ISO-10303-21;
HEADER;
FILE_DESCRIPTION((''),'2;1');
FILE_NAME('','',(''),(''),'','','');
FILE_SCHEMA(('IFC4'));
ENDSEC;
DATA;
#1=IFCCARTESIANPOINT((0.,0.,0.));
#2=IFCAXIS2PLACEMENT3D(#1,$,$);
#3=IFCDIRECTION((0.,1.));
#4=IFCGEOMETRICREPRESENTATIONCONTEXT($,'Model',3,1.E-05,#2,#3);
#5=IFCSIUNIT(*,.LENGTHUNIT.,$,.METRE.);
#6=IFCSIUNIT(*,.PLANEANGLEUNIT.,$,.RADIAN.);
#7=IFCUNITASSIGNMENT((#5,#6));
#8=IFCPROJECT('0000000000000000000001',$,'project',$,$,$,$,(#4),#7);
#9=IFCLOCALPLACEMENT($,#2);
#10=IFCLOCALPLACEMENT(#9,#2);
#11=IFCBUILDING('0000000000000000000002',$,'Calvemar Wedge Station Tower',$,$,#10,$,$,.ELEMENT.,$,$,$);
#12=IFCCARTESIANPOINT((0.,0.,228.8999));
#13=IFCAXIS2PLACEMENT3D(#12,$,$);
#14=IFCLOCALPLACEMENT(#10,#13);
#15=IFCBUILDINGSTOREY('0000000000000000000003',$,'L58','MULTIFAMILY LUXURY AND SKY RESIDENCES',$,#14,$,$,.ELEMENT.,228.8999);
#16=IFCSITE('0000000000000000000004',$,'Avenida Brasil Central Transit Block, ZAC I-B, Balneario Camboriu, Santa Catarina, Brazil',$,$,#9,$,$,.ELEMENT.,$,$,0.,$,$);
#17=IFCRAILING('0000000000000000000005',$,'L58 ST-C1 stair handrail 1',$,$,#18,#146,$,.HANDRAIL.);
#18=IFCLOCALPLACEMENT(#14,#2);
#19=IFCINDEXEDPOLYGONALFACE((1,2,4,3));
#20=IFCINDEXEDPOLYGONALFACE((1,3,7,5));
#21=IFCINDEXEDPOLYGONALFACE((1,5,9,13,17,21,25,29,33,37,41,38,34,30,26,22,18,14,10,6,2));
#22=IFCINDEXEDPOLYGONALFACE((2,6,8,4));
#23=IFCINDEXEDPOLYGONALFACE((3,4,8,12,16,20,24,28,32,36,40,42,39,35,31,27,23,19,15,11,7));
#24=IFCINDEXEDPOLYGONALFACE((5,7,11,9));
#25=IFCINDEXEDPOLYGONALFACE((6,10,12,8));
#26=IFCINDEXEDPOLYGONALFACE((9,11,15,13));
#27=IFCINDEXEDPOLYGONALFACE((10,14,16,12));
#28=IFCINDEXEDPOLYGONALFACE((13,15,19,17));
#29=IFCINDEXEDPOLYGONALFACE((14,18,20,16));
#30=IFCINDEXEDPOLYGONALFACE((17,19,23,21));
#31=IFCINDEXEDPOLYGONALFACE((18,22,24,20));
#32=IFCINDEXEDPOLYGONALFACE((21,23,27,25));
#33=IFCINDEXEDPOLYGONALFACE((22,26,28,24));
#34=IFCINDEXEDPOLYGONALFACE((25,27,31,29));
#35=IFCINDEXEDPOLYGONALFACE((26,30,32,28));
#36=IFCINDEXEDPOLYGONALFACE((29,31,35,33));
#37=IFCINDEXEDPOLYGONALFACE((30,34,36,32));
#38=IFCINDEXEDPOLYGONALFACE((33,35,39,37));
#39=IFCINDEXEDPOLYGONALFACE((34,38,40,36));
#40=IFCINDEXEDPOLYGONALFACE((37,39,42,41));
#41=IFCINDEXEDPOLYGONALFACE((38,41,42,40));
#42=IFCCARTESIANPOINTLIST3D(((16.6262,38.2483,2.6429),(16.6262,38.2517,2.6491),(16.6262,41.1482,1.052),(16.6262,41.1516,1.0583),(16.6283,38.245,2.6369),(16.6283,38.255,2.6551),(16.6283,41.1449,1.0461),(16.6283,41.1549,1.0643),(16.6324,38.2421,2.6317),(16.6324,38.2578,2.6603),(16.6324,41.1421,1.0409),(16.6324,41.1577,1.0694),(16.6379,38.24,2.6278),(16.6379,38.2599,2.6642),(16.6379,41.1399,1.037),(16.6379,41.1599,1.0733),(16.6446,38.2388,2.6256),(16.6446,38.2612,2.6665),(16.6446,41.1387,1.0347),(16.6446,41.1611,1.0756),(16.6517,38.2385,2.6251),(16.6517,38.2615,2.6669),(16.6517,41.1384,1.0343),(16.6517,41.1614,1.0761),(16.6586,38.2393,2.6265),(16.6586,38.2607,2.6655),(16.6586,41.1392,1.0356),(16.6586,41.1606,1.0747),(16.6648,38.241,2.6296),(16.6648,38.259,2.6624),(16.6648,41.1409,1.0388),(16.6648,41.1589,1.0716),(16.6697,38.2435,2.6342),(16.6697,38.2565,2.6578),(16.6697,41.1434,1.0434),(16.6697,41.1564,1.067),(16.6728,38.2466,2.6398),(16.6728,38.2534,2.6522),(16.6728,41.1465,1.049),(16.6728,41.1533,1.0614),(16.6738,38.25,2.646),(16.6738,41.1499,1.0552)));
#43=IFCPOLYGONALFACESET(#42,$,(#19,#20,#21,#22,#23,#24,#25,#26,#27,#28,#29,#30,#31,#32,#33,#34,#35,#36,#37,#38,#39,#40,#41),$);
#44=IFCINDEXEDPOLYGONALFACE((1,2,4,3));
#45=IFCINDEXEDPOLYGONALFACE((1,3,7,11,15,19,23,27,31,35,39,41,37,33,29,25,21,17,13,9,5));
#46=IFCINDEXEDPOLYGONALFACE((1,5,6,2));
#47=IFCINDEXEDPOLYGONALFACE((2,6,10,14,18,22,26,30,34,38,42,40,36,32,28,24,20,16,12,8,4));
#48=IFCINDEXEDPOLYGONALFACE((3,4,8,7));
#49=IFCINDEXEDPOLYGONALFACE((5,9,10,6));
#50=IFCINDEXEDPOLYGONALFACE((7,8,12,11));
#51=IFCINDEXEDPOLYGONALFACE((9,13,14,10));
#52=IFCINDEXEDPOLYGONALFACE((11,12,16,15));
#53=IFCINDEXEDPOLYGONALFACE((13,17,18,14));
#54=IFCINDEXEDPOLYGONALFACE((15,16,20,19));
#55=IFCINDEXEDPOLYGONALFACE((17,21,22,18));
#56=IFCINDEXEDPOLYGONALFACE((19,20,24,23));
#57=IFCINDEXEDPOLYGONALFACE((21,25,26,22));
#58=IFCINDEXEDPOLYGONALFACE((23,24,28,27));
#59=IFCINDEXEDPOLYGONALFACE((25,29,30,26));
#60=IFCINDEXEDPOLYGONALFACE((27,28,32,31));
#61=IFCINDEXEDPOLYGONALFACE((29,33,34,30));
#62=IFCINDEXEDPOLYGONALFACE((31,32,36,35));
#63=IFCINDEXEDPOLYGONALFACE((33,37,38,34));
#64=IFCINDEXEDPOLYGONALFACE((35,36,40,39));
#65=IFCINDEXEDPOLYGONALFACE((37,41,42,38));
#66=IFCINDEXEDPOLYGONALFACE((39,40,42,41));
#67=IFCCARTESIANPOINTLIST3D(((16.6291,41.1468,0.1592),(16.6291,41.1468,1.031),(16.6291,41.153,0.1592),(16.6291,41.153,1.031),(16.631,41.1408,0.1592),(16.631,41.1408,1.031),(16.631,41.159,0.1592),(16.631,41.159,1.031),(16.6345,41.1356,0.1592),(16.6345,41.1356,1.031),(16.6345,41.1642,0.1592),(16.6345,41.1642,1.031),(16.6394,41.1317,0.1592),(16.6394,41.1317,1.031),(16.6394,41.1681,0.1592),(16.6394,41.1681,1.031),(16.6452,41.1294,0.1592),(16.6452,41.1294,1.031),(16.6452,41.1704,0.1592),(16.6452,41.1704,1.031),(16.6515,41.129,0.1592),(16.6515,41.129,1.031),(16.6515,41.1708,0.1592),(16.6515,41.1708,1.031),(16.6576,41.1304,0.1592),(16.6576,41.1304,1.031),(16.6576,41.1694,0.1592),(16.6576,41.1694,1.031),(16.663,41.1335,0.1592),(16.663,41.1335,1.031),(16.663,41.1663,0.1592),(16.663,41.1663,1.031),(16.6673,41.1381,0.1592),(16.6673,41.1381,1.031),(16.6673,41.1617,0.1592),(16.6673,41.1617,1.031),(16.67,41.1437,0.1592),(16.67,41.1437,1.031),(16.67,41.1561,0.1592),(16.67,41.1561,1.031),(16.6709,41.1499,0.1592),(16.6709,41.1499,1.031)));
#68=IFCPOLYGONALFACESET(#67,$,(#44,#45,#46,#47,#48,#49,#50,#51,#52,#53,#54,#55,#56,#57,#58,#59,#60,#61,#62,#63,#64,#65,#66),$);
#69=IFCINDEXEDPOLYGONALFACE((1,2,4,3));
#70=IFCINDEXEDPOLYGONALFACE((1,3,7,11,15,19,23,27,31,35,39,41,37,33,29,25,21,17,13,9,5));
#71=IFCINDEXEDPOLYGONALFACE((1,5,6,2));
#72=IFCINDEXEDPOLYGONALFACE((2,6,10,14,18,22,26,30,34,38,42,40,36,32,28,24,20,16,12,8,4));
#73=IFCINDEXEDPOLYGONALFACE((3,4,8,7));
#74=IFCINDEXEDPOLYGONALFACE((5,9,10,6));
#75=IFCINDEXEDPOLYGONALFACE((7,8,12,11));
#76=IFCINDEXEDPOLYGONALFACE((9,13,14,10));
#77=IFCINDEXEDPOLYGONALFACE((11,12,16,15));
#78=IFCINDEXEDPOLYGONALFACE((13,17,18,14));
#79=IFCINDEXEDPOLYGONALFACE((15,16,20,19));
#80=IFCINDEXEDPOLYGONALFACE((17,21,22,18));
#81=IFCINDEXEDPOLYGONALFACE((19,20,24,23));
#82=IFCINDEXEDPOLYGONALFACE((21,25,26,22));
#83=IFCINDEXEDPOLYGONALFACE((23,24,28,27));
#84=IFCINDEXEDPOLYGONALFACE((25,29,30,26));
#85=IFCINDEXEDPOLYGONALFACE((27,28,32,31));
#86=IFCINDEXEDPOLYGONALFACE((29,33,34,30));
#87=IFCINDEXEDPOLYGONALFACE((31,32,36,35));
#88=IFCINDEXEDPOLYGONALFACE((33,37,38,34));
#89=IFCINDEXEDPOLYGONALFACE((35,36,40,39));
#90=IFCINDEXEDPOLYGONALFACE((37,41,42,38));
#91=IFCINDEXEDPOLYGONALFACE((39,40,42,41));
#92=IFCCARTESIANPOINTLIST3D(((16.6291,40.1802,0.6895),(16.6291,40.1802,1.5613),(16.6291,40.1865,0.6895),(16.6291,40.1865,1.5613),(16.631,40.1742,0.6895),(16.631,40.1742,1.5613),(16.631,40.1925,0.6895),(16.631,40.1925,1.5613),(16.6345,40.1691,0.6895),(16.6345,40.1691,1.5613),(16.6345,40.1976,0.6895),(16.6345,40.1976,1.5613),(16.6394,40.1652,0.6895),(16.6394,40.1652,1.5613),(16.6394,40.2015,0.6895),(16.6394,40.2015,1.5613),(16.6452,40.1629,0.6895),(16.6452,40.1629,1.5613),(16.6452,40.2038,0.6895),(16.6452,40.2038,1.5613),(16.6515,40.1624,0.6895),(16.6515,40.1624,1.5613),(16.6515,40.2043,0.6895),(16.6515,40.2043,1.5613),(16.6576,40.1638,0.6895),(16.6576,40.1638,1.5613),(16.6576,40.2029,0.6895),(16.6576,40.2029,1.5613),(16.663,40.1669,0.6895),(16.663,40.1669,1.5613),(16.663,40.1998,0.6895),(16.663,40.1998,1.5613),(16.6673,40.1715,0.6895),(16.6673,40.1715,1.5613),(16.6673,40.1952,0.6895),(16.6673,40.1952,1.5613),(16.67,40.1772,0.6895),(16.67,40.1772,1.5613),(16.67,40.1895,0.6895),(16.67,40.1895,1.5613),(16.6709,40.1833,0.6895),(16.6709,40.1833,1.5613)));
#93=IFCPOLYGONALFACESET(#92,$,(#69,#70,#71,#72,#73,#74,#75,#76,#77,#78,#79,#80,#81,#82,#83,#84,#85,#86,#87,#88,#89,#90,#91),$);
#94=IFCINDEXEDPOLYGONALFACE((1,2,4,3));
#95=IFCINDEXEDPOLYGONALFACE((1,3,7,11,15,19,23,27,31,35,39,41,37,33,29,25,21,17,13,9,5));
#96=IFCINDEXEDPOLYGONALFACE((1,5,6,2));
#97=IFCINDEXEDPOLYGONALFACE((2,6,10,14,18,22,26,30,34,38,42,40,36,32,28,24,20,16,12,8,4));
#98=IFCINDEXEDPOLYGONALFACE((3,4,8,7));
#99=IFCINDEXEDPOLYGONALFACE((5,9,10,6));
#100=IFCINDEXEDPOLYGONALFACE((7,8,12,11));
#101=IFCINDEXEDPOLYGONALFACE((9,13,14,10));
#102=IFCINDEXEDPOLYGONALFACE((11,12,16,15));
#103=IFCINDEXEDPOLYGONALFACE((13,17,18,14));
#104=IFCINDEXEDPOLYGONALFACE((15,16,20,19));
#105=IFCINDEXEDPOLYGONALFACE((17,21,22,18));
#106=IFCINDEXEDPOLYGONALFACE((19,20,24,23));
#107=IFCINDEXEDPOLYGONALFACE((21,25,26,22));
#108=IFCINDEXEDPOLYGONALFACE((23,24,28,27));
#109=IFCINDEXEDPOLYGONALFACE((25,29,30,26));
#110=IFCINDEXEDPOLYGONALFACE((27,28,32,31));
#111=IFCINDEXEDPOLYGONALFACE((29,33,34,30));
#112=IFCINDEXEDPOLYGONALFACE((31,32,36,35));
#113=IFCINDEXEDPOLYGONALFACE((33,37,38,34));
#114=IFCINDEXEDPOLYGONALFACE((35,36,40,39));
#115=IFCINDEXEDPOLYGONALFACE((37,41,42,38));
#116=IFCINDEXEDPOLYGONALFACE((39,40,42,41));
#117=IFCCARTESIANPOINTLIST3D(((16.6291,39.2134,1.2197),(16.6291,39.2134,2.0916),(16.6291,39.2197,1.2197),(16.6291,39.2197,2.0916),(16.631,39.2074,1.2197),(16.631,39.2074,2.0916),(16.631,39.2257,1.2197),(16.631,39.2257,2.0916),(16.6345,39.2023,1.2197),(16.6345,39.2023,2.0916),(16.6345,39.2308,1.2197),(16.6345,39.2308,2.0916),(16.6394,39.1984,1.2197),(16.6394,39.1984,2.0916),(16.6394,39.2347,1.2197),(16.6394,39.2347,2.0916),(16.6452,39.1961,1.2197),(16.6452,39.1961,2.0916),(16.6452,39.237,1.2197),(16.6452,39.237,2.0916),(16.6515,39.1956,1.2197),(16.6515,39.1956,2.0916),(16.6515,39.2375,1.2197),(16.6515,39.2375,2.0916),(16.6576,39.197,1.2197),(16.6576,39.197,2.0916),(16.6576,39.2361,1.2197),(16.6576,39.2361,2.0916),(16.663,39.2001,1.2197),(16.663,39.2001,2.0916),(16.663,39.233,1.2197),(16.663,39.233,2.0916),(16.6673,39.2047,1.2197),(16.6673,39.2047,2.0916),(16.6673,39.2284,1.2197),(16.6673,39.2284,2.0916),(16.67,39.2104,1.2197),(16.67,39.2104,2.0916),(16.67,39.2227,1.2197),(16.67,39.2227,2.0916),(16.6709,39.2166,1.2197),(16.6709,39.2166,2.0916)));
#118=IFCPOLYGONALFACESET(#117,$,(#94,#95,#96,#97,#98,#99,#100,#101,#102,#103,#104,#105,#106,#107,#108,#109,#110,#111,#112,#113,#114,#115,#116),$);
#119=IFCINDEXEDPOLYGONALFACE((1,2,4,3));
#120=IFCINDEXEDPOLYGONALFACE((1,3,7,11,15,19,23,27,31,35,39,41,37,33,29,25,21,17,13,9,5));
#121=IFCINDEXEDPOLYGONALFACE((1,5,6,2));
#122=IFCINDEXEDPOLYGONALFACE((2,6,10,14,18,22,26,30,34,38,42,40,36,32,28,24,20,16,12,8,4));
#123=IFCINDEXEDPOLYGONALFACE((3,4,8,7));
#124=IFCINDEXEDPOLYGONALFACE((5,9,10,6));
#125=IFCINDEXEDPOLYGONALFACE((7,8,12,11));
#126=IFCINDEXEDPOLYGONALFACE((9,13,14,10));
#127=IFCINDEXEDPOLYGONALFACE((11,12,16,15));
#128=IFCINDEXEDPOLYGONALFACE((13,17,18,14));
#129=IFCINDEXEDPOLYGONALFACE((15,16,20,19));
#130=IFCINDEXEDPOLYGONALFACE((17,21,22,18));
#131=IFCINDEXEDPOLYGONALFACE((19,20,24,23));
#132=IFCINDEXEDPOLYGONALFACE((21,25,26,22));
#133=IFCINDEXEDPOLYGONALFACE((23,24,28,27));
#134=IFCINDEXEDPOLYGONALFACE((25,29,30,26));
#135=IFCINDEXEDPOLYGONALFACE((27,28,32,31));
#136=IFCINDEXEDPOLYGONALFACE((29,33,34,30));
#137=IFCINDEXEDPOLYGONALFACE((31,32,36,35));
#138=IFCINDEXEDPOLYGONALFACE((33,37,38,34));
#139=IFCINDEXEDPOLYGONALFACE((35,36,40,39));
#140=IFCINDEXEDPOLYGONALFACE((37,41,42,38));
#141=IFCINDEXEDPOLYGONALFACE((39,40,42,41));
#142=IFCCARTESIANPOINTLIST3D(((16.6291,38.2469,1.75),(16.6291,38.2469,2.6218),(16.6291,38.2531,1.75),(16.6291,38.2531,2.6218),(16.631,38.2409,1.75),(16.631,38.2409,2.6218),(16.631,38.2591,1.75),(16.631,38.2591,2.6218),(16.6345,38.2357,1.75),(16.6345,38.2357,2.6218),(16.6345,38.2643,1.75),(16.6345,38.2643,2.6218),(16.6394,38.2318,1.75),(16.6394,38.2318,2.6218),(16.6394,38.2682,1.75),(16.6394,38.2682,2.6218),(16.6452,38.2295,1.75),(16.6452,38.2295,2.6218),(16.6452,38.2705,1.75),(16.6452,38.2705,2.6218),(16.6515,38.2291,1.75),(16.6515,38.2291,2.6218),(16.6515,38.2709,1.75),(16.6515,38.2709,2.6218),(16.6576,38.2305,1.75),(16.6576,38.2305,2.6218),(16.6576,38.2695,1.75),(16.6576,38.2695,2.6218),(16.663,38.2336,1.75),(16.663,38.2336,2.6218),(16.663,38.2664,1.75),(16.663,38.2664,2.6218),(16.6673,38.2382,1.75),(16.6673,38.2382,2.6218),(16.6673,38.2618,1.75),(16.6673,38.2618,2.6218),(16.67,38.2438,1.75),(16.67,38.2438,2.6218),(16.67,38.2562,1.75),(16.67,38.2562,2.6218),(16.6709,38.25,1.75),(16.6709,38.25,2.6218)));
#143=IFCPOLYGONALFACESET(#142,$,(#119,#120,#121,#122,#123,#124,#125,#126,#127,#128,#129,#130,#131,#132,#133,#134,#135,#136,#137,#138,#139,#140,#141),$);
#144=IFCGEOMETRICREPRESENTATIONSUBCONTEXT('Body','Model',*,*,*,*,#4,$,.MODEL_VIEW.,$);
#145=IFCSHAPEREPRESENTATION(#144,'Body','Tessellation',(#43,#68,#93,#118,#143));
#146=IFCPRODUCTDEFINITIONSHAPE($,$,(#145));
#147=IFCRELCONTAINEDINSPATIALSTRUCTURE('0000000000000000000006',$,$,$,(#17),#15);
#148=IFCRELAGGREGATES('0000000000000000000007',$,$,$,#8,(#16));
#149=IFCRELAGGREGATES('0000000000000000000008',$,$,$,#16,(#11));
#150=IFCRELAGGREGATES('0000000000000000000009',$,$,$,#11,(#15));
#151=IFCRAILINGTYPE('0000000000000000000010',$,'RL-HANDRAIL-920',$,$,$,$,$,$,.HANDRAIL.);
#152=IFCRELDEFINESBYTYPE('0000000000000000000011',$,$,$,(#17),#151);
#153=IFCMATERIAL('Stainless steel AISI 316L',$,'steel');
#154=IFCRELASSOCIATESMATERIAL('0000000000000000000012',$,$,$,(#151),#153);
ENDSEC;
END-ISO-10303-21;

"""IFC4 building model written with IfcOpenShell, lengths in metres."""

from ifc_helpers import new_model, si_unit, direction, frame, origin, origin_2d, place, context, subcontext, project, spatial, circle, extrude, material, type_object, element, save


model = new_model("IFC4")

# Units and contexts
model_context = context("Model", 3, precision=1e-05, world=origin(), true_north=direction((0.0, 1.0)))
body_context = subcontext(model_context, "Body", "Model", "MODEL_VIEW")
ifc_project = project(units=[si_unit("LENGTHUNIT", "METRE"), si_unit("PLANEANGLEUNIT", "RADIAN")], contexts=[model_context])

# Site, building, storey
site_placement = place(None, origin())
site = spatial("IfcSite", under=ifc_project, at=site_placement, Name="Avenida Brasil Central Transit Block, ZAC I-B, Balneario Camboriu, Santa Catarina, Brazil", CompositionType="ELEMENT", RefElevation=0.0)
building_placement = place(site_placement, origin())
building = spatial("IfcBuilding", under=site, at=building_placement, Name="Calvemar Wedge Station Tower", CompositionType="ELEMENT")
storey_placement = place(building_placement, frame((0.0, 0.0, 228.8999)))
storey = spatial("IfcBuildingStorey", under=building, at=storey_placement, Name="L58", Description="MULTIFAMILY LUXURY AND SKY RESIDENCES", CompositionType="ELEMENT", Elevation=228.8999)

# Railing
ifc_material_1 = material(Name="Stainless steel AISI 316L", Category="steel")
railing_type_1 = type_object("IfcRailingType", Name="RL-HANDRAIL-920", PredefinedType="HANDRAIL", material=ifc_material_1)
railing_1_placement = place(storey_placement, frame((16.6499, 41.1499, 0.1592)))
element("IfcRailing", 1, at=railing_1_placement, inside=storey, type_object=railing_type_1, Name="L58 ST-C1 stair handrail 1", PredefinedType="HANDRAIL", context=body_context, shape_type="SweptSolid", body=[
    extrude(circle(Radius=0.0239, at=origin_2d()), frame((0.0, 0.0, 0.896), z_axis=(0.0, -0.876742, 0.480961), x_axis=(1.0, 0.0, 0.0)), (0.0, 0.0, 1.0), 3.3076),
    extrude(circle(Radius=0.021, at=origin_2d()), origin(), (0.0, 0.0, 1.0), 0.8718),
    extrude(circle(Radius=0.021, at=origin_2d()), frame((0.0, -0.9666, 0.5303)), (0.0, 0.0, 1.0), 0.8718),
    extrude(circle(Radius=0.021, at=origin_2d()), frame((0.0, -1.9333, 1.0605)), (0.0, 0.0, 1.0), 0.8718),
    extrude(circle(Radius=0.021, at=origin_2d()), frame((0.0, -2.8999, 1.5908)), (0.0, 0.0, 1.0), 0.8718),
])

save(model, "model.ifc")
